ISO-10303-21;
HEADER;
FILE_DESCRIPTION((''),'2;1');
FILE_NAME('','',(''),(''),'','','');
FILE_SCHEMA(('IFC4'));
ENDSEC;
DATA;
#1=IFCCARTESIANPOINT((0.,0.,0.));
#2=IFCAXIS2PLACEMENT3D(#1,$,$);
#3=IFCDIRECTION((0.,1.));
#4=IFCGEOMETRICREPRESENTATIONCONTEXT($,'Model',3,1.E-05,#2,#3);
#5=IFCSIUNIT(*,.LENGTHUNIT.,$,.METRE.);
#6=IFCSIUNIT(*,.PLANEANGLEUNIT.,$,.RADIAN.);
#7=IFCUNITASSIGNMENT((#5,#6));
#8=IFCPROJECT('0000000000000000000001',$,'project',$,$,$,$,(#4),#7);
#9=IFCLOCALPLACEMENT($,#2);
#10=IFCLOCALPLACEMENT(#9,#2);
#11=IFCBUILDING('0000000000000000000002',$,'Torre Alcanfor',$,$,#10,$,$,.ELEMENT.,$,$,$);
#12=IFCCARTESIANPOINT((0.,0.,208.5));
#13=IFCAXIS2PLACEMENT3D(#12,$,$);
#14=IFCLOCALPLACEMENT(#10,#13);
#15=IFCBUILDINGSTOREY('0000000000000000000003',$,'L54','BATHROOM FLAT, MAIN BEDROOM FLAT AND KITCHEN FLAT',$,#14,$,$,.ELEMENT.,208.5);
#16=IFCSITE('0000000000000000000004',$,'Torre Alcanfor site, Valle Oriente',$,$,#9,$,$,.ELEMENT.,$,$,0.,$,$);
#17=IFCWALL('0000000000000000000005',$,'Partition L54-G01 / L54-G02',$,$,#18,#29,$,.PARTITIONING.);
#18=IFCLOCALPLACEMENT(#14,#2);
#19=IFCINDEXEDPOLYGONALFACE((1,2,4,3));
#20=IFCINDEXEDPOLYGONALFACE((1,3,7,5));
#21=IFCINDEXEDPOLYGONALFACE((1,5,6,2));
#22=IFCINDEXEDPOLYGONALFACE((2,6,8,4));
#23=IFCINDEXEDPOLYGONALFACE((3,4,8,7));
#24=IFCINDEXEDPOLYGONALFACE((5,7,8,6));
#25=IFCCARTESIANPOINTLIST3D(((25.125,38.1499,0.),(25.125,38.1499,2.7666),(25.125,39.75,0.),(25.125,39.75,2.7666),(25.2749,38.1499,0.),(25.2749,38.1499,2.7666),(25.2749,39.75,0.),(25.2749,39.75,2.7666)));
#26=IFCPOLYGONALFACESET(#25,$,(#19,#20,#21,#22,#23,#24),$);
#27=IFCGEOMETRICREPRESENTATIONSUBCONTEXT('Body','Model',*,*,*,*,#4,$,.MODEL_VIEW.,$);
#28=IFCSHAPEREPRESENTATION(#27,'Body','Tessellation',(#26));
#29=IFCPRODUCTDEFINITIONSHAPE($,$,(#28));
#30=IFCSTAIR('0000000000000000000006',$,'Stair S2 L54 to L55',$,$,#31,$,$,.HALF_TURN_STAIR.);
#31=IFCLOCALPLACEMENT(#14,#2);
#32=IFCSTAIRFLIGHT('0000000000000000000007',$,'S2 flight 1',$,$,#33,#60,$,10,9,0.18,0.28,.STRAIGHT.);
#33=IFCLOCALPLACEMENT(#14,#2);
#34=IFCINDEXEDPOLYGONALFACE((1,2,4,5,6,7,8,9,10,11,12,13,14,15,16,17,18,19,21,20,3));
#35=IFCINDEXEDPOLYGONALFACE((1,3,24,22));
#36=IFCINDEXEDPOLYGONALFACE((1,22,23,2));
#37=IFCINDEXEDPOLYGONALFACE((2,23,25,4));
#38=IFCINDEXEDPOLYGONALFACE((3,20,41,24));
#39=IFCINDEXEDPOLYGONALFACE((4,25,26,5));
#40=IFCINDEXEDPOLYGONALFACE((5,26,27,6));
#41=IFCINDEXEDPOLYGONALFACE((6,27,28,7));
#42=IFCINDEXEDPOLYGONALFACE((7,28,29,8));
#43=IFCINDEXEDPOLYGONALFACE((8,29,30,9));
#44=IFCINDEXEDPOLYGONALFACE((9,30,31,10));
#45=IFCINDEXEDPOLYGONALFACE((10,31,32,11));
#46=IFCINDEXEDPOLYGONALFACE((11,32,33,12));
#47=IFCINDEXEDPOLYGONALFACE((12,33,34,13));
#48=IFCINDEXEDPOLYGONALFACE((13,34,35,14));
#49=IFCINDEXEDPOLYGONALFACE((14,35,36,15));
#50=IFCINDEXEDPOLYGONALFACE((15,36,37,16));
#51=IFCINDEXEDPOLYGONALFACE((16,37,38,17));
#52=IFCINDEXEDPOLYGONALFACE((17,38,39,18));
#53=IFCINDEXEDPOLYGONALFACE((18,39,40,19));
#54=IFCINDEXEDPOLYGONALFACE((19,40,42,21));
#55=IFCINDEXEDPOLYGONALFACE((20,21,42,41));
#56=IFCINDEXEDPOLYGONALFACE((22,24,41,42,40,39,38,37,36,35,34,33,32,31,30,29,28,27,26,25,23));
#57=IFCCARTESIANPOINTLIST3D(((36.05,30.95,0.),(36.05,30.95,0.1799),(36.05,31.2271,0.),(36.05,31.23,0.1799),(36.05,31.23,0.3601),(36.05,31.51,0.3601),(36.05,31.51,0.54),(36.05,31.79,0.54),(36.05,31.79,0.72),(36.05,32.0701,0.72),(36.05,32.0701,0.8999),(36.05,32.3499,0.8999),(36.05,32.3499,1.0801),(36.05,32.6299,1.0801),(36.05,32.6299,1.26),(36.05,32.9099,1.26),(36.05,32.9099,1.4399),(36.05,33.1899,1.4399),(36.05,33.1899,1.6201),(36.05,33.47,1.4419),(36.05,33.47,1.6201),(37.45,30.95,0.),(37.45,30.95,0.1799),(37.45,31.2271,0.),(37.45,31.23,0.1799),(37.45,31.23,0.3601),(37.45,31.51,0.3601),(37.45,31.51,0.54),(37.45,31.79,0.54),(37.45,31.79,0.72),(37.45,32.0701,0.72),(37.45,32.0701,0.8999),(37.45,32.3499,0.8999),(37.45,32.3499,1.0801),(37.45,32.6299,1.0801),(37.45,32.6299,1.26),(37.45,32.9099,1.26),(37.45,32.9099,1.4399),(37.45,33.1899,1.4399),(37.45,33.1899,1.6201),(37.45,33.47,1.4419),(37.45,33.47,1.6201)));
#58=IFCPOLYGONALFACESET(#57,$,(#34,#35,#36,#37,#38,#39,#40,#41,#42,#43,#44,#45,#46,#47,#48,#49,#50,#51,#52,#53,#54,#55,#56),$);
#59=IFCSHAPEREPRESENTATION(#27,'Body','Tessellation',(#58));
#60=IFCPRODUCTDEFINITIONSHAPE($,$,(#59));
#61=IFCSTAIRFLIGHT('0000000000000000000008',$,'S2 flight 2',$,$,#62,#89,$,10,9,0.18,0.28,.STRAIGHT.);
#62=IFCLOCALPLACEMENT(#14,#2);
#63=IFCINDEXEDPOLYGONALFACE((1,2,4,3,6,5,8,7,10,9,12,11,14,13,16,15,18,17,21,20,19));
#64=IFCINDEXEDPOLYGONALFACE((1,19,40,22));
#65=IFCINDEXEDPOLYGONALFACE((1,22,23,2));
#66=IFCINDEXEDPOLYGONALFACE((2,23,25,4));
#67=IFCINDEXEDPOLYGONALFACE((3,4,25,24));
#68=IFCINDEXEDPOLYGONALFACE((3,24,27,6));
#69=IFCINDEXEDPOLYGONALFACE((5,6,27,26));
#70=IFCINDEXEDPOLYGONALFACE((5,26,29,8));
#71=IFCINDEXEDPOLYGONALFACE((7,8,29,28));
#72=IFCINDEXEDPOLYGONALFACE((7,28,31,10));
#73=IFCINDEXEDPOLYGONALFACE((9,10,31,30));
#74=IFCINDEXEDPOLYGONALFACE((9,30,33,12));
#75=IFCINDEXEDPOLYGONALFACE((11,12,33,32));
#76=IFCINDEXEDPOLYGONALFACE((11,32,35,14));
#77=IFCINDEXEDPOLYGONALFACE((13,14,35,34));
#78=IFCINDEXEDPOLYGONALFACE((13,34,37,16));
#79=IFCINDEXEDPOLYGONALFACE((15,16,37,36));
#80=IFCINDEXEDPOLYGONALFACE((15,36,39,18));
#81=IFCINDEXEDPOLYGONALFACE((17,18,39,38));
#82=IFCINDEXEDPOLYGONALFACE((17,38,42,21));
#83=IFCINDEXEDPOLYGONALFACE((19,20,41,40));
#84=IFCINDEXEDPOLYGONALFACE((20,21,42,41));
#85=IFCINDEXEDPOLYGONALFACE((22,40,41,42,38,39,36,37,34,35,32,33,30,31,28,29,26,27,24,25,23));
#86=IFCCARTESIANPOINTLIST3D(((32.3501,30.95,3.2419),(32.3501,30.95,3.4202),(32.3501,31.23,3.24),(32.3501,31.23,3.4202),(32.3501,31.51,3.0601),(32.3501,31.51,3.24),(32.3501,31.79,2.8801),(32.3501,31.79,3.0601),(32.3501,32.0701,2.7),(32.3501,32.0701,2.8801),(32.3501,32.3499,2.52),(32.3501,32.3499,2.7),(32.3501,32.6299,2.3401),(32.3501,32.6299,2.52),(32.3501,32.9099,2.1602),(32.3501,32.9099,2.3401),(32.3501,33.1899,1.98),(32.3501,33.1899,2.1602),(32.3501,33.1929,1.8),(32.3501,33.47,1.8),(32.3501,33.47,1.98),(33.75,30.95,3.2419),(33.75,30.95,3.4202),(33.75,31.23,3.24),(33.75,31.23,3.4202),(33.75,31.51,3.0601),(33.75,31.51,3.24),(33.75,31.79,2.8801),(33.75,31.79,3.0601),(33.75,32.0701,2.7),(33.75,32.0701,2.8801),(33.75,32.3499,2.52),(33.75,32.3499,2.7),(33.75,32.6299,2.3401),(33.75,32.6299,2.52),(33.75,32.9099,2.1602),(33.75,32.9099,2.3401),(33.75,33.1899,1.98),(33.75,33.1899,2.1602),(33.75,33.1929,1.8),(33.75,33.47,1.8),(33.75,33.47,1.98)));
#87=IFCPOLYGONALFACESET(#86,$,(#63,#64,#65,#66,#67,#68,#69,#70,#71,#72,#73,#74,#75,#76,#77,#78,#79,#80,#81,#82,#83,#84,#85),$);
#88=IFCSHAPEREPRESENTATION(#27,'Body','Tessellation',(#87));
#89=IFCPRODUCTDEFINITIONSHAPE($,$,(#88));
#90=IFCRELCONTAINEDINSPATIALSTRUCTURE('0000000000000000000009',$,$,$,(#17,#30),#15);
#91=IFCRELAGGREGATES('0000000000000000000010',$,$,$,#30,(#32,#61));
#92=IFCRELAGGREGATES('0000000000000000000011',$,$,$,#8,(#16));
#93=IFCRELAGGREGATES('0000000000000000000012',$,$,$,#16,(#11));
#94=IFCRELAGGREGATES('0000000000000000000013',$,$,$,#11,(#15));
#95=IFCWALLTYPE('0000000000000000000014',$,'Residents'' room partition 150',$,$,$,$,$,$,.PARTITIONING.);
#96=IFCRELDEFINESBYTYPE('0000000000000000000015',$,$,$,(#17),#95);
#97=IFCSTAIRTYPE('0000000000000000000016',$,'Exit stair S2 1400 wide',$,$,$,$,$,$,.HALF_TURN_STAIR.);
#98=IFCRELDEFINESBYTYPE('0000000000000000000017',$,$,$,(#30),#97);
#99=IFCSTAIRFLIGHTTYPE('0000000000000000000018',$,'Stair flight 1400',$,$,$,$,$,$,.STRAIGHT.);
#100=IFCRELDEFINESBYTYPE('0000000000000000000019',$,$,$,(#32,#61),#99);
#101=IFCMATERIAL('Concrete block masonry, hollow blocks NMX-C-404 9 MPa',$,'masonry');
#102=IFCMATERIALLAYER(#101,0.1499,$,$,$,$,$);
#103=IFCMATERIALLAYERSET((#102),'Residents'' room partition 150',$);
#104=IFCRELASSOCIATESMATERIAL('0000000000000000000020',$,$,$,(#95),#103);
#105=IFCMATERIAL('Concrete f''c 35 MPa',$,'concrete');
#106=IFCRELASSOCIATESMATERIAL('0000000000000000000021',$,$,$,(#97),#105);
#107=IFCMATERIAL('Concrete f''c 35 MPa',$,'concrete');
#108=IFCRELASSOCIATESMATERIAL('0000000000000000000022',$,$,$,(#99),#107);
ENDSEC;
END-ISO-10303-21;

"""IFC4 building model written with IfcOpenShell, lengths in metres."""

from ifc_helpers import new_model, si_unit, direction, frame, frame_2d, origin, place, context, subcontext, project, spatial, polyline, rectangle, outline, extrude, material, layer, layer_set, type_object, element, aggregate, save


model = new_model("IFC4")

# Units and contexts
model_context = context("Model", 3, precision=1e-05, world=origin(), true_north=direction((0.0, 1.0)))
body_context = subcontext(model_context, "Body", "Model", "MODEL_VIEW")
ifc_project = project(units=[si_unit("LENGTHUNIT", "METRE"), si_unit("PLANEANGLEUNIT", "RADIAN")], contexts=[model_context])

# Site, building, storey
site_placement = place(None, origin())
site = spatial("IfcSite", under=ifc_project, at=site_placement, Name="Torre Alcanfor site, Valle Oriente", CompositionType="ELEMENT", RefElevation=0.0)
building_placement = place(site_placement, origin())
building = spatial("IfcBuilding", under=site, at=building_placement, Name="Torre Alcanfor", CompositionType="ELEMENT")
storey_placement = place(building_placement, frame((0.0, 0.0, 208.5)))
storey = spatial("IfcBuildingStorey", under=building, at=storey_placement, Name="L54", Description="BATHROOM FLAT, MAIN BEDROOM FLAT AND KITCHEN FLAT", CompositionType="ELEMENT", Elevation=208.5)

# Shared definitions
ifc_material_1 = material(Name="Concrete block masonry, hollow blocks NMX-C-404 9 MPa", Category="masonry")
ifc_layer_1 = layer(ifc_material_1, 0.1499)
ifc_layer_set_1 = layer_set([ifc_layer_1], Name="Residents' room partition 150")
wall_type_1 = type_object("IfcWallType", Name="Residents' room partition 150", PredefinedType="PARTITIONING", material=ifc_layer_set_1)

# Wall
wall_1_placement = place(storey_placement, frame((25.2, 38.1499, 0.0), z_axis=(0.0, 0.0, 1.0), x_axis=(0.0, 1.0, 0.0)))
element("IfcWall", 1, at=wall_1_placement, inside=storey, type_object=wall_type_1, Name="Partition L54-G01 / L54-G02", PredefinedType="PARTITIONING", context=body_context, shape_type="SweptSolid", body=[
    extrude(rectangle(XDim=1.6001, YDim=0.1499, at=frame_2d((0.8, 0.0))), origin(), (0.0, 0.0, 1.0), 2.7666),
])

# Stair, stair flights
ifc_material_2 = material(Name="Concrete f'c 35 MPa", Category="concrete")
stair_type = type_object("IfcStairType", Name="Exit stair S2 1400 wide", PredefinedType="HALF_TURN_STAIR", material=ifc_material_2)
stair_placement = place(storey_placement, origin())
stair = element("IfcStair", 2, at=stair_placement, inside=storey, type_object=stair_type, Name="Stair S2 L54 to L55", PredefinedType="HALF_TURN_STAIR")
ifc_material_3 = material(Name="Concrete f'c 35 MPa", Category="concrete")
stair_flight_type = type_object("IfcStairFlightType", Name="Stair flight 1400", PredefinedType="STRAIGHT", material=ifc_material_3)
stair_flight_1_placement = place(storey_placement, frame((36.75, 30.95, 0.0), z_axis=(0.0, 0.0, 1.0), x_axis=(0.0, 1.0, 0.0)))
stair_flight_1 = element("IfcStairFlight", 3, at=stair_flight_1_placement, type_object=stair_flight_type, Name="S2 flight 1", NumberOfRisers=10, NumberOfTreads=9, PredefinedType="STRAIGHT", RiserHeight=0.18, TreadLength=0.28, context=body_context, shape_type="SweptSolid", body=[
    extrude(outline(polyline([(0.0, 0.0), (0.0, 0.1799), (0.28, 0.1799), (0.28, 0.3601), (0.5601, 0.3601), (0.5601, 0.54), (0.8401, 0.54), (0.8401, 0.72), (1.1201, 0.72), (1.1201, 0.8999), (1.3999, 0.8999), (1.3999, 1.0801), (1.6799, 1.0801), (1.6799, 1.26), (1.96, 1.26), (1.96, 1.4399), (2.24, 1.4399), (2.24, 1.6201), (2.52, 1.6201), (2.52, 1.8), (2.52, 1.4419), (0.2771, 0.0), (0.0, 0.0)])), frame((0.0, 0.7, 0.0), z_axis=(0.0, -1.0, 0.0), x_axis=(1.0, 0.0, 0.0)), (0.0, 0.0, 1.0), 1.3999),
])
stair_flight_2_placement = place(storey_placement, frame((33.05, 33.47, 1.8), z_axis=(0.0, 0.0, 1.0), x_axis=(0.0, -1.0, 0.0)))
stair_flight_2 = element("IfcStairFlight", 4, at=stair_flight_2_placement, type_object=stair_flight_type, Name="S2 flight 2", NumberOfRisers=10, NumberOfTreads=9, PredefinedType="STRAIGHT", RiserHeight=0.18, TreadLength=0.28, context=body_context, shape_type="SweptSolid", body=[
    extrude(outline(polyline([(0.0, 0.0), (0.0, 0.1799), (0.28, 0.1799), (0.28, 0.3601), (0.5601, 0.3601), (0.5601, 0.54), (0.8401, 0.54), (0.8401, 0.72), (1.1201, 0.72), (1.1201, 0.8999), (1.3999, 0.8999), (1.3999, 1.0801), (1.6799, 1.0801), (1.6799, 1.26), (1.96, 1.26), (1.96, 1.4399), (2.24, 1.4399), (2.24, 1.6201), (2.52, 1.6201), (2.52, 1.8), (2.52, 1.4419), (0.2771, 0.0), (0.0, 0.0)])), frame((0.0, 0.7, 0.0), z_axis=(0.0, -1.0, 0.0), x_axis=(1.0, 0.0, 0.0)), (0.0, 0.0, 1.0), 1.3999),
])
aggregate(stair, [stair_flight_1, stair_flight_2])

save(model, "model.ifc")
